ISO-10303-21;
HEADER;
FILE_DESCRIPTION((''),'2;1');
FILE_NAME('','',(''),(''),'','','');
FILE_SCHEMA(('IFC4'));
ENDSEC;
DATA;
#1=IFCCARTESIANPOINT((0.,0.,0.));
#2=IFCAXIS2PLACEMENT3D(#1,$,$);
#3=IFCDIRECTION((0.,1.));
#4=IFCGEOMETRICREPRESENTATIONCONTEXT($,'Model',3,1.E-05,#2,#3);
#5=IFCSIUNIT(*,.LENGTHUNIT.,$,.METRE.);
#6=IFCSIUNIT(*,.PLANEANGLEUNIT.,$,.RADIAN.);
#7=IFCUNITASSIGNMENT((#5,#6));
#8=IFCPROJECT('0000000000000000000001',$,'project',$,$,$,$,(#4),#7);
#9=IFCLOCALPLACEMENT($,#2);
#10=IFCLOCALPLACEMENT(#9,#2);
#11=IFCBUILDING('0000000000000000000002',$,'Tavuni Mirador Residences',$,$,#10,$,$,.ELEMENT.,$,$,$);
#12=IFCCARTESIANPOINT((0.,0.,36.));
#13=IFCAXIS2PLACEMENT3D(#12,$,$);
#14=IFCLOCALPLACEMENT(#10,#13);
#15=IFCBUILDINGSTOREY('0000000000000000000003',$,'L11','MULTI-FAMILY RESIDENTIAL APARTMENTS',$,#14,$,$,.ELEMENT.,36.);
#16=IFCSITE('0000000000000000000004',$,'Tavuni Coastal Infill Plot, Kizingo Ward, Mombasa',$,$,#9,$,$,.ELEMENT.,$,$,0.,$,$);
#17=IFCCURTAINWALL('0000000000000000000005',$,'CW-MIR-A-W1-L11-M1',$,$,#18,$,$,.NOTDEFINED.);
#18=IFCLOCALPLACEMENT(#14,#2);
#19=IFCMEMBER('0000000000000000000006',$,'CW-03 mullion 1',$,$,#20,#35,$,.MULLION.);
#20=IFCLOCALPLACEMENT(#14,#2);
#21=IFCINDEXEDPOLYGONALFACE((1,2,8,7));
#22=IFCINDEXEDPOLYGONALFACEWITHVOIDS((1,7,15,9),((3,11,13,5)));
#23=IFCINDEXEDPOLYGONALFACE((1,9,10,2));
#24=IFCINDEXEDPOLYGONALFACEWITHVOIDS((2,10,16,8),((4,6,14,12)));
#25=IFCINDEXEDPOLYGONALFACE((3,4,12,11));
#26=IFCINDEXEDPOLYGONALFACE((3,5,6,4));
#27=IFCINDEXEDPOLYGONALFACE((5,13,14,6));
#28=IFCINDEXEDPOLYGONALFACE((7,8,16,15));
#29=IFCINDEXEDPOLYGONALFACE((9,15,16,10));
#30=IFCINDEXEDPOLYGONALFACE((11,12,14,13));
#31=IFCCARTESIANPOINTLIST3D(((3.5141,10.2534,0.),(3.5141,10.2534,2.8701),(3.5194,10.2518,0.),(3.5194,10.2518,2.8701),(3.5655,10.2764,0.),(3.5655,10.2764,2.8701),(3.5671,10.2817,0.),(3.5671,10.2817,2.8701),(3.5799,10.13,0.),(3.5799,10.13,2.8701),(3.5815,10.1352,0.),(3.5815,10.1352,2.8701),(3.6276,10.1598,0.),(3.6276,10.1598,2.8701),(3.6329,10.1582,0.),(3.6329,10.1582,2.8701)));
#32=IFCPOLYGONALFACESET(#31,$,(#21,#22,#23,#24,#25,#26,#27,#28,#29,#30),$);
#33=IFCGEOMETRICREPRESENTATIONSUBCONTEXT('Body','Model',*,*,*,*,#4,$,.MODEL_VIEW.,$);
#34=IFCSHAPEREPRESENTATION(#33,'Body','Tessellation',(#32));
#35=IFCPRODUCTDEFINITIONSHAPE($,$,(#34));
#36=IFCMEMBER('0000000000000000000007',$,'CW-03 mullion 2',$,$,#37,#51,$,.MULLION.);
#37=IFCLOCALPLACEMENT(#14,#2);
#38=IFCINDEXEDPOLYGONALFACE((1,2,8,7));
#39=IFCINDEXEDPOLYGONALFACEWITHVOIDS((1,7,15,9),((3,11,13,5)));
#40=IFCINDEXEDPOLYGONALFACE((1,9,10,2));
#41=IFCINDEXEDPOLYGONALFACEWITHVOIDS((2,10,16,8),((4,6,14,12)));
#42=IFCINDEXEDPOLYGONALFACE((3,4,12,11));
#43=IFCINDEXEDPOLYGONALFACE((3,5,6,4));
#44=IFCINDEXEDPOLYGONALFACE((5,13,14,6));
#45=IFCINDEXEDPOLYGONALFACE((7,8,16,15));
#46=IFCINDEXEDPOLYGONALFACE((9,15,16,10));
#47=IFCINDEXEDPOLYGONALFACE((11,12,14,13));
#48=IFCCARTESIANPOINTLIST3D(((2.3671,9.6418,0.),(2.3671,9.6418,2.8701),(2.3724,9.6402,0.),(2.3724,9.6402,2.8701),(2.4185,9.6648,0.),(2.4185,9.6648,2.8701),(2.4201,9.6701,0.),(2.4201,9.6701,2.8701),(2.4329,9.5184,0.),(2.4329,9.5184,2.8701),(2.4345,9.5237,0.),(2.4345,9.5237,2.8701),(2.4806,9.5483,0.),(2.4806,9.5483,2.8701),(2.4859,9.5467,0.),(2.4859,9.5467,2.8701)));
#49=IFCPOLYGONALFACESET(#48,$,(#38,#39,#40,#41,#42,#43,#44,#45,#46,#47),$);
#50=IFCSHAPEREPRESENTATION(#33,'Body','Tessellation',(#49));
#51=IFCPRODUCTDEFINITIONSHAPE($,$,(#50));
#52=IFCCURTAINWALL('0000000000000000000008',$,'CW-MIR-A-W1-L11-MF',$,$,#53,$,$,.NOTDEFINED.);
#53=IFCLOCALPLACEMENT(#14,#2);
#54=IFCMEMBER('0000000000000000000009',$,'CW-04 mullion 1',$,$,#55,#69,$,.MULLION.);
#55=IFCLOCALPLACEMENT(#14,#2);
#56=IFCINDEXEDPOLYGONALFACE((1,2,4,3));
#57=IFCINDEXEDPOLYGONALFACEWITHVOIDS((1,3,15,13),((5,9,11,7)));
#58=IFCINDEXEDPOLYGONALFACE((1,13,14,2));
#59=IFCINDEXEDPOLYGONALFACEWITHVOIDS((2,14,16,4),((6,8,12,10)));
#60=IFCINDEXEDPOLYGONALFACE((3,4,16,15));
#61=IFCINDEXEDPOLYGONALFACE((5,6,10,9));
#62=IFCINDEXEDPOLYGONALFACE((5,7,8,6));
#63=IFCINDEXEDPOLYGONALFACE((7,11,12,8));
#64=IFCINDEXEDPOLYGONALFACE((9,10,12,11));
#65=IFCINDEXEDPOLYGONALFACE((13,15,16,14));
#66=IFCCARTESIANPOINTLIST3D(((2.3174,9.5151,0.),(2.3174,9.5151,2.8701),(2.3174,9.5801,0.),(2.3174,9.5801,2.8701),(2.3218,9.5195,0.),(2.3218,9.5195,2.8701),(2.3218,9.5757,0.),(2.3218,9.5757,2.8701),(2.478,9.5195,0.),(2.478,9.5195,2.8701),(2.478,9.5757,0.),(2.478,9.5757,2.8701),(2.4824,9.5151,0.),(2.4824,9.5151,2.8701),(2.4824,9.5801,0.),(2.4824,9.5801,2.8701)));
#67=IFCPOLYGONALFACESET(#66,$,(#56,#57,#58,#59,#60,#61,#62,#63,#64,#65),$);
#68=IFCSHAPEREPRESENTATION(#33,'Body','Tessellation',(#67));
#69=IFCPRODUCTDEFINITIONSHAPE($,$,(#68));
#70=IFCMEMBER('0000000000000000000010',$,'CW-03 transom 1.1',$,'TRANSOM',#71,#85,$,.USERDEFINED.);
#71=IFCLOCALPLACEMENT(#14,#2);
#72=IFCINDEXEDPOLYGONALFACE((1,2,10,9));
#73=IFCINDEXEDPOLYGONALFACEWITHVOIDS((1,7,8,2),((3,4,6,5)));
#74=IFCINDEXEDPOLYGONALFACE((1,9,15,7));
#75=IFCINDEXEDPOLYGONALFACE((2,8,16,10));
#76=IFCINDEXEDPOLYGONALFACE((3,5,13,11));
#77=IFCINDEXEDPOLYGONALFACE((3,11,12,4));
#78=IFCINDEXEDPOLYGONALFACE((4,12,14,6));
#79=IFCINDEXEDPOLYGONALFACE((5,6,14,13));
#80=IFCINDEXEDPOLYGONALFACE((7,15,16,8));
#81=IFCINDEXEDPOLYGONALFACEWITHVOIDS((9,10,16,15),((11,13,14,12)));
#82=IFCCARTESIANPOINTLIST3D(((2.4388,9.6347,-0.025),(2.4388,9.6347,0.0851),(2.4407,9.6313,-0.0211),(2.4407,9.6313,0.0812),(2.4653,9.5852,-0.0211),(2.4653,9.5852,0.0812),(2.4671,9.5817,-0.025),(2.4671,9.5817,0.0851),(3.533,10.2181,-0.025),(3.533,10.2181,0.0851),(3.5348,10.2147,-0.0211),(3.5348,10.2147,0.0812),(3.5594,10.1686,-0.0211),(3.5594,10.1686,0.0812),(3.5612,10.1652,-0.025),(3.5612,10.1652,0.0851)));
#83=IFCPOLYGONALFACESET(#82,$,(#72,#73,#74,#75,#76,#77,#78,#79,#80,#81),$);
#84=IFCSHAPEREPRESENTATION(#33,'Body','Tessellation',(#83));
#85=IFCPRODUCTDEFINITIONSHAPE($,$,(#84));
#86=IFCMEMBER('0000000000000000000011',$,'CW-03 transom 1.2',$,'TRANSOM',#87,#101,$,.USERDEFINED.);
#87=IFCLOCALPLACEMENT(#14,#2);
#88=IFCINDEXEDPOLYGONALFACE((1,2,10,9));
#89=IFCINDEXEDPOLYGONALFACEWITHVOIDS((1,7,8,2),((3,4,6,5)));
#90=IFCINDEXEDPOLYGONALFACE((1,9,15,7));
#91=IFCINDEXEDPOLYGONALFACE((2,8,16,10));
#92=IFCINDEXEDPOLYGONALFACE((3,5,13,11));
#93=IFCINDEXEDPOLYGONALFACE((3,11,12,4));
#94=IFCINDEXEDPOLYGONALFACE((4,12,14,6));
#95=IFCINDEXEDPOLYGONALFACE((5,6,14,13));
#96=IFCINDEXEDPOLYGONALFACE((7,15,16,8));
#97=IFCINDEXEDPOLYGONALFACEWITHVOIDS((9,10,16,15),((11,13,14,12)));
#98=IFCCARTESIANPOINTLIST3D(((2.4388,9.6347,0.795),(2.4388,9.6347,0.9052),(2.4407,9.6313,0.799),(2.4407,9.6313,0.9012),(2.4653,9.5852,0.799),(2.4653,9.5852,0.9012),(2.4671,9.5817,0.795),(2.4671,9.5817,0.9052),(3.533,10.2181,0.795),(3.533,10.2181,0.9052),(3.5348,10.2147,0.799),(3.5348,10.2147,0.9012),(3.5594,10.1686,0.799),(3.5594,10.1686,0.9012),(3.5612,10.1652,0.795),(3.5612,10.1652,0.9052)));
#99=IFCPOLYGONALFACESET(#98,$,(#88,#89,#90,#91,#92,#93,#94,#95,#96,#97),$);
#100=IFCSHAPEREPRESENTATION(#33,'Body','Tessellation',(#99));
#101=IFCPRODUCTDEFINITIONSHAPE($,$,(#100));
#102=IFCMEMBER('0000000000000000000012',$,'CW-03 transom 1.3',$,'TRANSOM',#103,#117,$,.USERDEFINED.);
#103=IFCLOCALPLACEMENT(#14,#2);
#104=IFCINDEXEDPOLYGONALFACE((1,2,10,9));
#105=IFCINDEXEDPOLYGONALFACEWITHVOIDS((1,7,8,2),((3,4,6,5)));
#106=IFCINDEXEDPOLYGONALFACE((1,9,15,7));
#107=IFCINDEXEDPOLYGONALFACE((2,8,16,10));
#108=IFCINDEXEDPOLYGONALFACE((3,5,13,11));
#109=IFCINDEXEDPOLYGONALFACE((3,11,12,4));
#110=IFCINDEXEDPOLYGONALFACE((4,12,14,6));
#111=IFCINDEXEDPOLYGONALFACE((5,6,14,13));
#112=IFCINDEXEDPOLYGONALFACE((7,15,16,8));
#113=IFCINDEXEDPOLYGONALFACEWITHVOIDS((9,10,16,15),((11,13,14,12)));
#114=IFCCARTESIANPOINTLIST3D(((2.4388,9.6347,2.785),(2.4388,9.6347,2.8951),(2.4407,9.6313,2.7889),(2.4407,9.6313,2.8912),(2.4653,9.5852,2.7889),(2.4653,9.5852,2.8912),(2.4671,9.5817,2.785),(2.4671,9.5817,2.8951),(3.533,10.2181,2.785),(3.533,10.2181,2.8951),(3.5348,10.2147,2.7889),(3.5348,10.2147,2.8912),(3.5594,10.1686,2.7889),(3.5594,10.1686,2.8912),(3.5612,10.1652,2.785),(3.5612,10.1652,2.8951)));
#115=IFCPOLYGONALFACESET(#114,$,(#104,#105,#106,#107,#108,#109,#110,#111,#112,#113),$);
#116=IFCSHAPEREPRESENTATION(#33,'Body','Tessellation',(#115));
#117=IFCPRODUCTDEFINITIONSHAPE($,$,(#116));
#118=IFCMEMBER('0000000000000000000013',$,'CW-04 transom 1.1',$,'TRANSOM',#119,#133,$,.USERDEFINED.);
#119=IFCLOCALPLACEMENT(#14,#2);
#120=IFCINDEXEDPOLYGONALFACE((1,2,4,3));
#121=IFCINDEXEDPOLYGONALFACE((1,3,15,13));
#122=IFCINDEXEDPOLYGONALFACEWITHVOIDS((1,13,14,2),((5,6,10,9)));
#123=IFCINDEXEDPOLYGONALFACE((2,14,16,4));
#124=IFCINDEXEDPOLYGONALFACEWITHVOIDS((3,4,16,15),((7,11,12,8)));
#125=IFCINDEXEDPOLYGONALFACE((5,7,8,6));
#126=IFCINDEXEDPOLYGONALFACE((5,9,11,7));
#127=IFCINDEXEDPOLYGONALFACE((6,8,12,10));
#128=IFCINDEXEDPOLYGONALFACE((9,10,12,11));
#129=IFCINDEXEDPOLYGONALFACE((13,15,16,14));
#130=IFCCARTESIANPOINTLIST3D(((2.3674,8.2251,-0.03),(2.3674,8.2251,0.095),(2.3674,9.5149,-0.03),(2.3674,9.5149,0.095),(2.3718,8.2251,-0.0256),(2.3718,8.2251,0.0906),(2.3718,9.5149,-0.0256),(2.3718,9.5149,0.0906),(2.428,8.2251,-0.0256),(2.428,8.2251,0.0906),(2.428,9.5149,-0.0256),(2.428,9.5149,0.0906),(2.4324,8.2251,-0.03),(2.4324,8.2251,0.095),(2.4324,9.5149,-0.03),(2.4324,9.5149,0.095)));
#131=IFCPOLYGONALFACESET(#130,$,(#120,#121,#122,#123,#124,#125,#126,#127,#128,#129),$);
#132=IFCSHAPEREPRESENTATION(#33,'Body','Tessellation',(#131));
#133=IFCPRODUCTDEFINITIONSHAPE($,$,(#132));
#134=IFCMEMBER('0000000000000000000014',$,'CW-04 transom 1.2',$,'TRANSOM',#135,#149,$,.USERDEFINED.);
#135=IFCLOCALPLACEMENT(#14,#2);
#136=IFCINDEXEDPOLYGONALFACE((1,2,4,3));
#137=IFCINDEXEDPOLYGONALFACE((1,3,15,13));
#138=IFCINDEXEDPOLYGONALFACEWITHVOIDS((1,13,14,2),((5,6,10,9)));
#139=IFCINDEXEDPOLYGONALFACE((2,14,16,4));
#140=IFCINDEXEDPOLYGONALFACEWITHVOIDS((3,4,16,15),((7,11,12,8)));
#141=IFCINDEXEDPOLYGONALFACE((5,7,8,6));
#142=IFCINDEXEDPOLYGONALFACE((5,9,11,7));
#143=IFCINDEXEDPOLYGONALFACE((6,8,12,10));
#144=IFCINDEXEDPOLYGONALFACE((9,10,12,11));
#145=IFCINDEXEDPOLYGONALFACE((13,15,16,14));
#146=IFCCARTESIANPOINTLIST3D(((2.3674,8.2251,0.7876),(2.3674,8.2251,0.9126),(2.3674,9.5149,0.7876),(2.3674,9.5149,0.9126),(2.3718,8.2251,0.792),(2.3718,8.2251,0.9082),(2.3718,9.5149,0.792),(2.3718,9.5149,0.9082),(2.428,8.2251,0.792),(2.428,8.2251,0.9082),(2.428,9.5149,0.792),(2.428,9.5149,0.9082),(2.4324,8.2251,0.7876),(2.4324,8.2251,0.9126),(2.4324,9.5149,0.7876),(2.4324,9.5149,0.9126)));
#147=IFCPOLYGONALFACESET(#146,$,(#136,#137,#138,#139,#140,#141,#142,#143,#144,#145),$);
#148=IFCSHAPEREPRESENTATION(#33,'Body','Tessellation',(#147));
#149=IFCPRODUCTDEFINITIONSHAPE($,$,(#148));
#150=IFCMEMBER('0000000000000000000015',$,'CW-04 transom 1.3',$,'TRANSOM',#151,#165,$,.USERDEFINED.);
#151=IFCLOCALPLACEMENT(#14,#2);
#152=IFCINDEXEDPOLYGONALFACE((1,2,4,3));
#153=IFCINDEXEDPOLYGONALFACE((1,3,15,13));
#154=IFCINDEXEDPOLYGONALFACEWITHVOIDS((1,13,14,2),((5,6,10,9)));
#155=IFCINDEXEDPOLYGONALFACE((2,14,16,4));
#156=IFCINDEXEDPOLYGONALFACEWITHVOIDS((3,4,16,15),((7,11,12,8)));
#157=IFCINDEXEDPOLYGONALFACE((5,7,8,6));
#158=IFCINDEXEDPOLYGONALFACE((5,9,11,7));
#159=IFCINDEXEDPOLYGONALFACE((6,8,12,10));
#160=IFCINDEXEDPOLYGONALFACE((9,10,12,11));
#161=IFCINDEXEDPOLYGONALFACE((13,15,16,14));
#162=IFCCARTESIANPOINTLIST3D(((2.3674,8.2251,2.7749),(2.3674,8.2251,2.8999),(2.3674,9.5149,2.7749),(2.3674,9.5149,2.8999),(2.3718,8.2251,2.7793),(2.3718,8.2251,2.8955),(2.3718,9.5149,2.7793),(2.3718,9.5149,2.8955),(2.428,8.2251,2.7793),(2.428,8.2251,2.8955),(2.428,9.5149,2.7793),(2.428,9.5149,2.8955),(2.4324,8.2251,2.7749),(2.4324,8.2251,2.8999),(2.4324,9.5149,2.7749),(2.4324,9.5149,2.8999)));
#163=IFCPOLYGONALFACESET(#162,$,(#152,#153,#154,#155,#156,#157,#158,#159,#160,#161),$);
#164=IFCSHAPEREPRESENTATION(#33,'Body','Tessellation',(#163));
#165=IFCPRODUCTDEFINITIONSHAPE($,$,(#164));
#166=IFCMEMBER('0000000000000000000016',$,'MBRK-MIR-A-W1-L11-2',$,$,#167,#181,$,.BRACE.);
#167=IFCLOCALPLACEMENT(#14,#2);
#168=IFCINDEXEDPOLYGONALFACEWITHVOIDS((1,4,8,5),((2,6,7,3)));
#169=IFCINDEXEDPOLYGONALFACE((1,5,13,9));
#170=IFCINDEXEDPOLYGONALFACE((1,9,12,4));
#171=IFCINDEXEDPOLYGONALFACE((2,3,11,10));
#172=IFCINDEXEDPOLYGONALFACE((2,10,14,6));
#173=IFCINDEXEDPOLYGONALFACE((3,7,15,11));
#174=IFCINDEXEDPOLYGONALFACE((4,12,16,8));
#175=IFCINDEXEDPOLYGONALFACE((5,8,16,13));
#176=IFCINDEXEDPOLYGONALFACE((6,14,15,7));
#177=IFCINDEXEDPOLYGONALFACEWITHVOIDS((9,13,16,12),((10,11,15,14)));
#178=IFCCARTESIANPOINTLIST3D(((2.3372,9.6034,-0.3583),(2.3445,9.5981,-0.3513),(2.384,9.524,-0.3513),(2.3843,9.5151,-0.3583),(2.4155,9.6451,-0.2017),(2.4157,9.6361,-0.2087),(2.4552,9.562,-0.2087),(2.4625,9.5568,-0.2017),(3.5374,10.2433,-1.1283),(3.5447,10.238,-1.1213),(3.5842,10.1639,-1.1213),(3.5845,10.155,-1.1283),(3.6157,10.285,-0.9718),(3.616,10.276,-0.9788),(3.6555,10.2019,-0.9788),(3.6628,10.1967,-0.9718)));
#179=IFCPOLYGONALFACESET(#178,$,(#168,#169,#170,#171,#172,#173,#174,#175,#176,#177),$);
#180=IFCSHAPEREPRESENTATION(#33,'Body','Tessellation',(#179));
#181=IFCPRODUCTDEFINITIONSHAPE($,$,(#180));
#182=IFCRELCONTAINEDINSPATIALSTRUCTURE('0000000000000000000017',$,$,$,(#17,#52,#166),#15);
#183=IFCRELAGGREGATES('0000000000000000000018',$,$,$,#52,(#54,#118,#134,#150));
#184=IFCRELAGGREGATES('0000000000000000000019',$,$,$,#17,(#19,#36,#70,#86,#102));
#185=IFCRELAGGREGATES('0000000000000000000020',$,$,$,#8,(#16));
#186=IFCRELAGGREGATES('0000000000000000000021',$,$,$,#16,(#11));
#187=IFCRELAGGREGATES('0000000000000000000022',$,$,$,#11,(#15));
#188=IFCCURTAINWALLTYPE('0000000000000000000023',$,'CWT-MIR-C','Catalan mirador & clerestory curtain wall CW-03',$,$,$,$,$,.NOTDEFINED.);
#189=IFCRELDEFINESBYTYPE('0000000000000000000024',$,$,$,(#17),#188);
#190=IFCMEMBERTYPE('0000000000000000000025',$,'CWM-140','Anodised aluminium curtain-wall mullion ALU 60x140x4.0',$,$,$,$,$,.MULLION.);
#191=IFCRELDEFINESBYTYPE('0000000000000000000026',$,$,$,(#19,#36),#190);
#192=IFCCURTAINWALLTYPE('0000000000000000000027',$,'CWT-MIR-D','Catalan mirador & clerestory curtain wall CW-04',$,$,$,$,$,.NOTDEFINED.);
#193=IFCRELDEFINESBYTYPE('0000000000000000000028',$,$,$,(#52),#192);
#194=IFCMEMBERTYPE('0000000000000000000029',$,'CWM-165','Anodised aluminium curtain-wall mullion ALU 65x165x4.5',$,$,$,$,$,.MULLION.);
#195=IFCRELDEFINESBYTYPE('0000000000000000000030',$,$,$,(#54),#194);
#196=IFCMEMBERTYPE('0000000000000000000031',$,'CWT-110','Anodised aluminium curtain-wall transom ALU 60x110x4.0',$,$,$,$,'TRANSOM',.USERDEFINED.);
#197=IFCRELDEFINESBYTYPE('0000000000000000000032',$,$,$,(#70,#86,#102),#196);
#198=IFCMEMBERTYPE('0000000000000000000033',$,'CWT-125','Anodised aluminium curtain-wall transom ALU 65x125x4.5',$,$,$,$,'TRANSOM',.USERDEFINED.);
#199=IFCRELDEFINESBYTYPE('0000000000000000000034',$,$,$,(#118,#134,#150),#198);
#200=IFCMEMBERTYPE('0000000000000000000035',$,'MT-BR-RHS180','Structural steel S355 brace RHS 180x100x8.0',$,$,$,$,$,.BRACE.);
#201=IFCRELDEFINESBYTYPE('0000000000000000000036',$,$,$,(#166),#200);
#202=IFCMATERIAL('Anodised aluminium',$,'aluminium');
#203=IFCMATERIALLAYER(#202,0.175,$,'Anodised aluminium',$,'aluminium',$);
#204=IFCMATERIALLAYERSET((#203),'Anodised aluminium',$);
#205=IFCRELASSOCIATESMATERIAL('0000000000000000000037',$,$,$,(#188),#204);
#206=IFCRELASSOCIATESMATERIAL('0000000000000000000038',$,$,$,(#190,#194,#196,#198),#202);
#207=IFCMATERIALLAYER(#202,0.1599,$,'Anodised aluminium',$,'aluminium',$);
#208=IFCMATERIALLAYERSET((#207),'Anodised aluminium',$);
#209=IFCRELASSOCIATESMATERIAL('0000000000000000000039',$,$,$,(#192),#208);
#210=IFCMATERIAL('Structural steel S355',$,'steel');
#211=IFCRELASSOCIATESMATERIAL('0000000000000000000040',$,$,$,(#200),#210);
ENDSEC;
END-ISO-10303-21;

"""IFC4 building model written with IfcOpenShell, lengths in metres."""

from ifc_helpers import new_model, si_unit, direction, frame, origin, origin_2d, place, context, subcontext, project, spatial, hollow_rectangle, extrude, material, layer, layer_set, material_profile, profile_set, type_object, element, aggregate, save


model = new_model("IFC4")

# Units and contexts
model_context = context("Model", 3, precision=1e-05, world=origin(), true_north=direction((0.0, 1.0)))
body_context = subcontext(model_context, "Body", "Model", "MODEL_VIEW")
ifc_project = project(units=[si_unit("LENGTHUNIT", "METRE"), si_unit("PLANEANGLEUNIT", "RADIAN")], contexts=[model_context])

# Site, building, storey
site_placement = place(None, origin())
site = spatial("IfcSite", under=ifc_project, at=site_placement, Name="Tavuni Coastal Infill Plot, Kizingo Ward, Mombasa", CompositionType="ELEMENT", RefElevation=0.0)
building_placement = place(site_placement, origin())
building = spatial("IfcBuilding", under=site, at=building_placement, Name="Tavuni Mirador Residences", CompositionType="ELEMENT")
storey_placement = place(building_placement, frame((0.0, 0.0, 36.0)))
storey = spatial("IfcBuildingStorey", under=building, at=storey_placement, Name="L11", Description="MULTI-FAMILY RESIDENTIAL APARTMENTS", CompositionType="ELEMENT", Elevation=36.0)

# Curtain wall, members
ifc_material_1 = material(Name="Anodised aluminium", Category="aluminium")
ifc_layer_1 = layer(ifc_material_1, 0.175, Name="Anodised aluminium", Category="aluminium")
ifc_layer_set_1 = layer_set([ifc_layer_1], Name="Anodised aluminium")
curtain_wall_type_1 = type_object("IfcCurtainWallType", Name="CWT-MIR-C", Description="Catalan mirador & clerestory curtain wall CW-03", PredefinedType="NOTDEFINED", material=ifc_layer_set_1)
curtain_wall_1_placement = place(storey_placement, origin())
curtain_wall_1 = element("IfcCurtainWall", 1, at=curtain_wall_1_placement, inside=storey, type_object=curtain_wall_type_1, Name="CW-MIR-A-W1-L11-M1", PredefinedType="NOTDEFINED")
ifc_material_profile_1 = material_profile(ifc_material_1, hollow_rectangle(XDim=0.0601, YDim=0.1399, WallThickness=0.0039, at=origin_2d()), Name="ALU 60x140x4.0", Category="aluminium")
ifc_profile_set_1 = profile_set([ifc_material_profile_1], Name="Anodised aluminium")
member_type_1 = type_object("IfcMemberType", Name="CWM-140", Description="Anodised aluminium curtain-wall mullion ALU 60x140x4.0", PredefinedType="MULLION", material=ifc_profile_set_1)
member_1_placement = place(storey_placement, frame((3.5735, 10.2058, 0.0), z_axis=(0.0, 0.0, 1.0), x_axis=(-0.882353, -0.470588, 0.0)))
member_1 = element("IfcMember", 2, at=member_1_placement, type_object=member_type_1, Name="CW-03 mullion 1", PredefinedType="MULLION", context=body_context, shape_type="SweptSolid", body=[
    extrude(hollow_rectangle(XDim=0.0601, YDim=0.1399, WallThickness=0.0039, at=origin_2d()), origin(), (0.0, 0.0, 1.0), 2.8701),
])
member_2_placement = place(storey_placement, frame((2.4265, 9.5942, 0.0), z_axis=(0.0, 0.0, 1.0), x_axis=(-0.882353, -0.470588, 0.0)))
member_2 = element("IfcMember", 3, at=member_2_placement, type_object=member_type_1, Name="CW-03 mullion 2", PredefinedType="MULLION", context=body_context, shape_type="SweptSolid", body=[
    extrude(hollow_rectangle(XDim=0.0601, YDim=0.1399, WallThickness=0.0039, at=origin_2d()), origin(), (0.0, 0.0, 1.0), 2.8701),
])

# Curtain wall, member
ifc_layer_2 = layer(ifc_material_1, 0.1599, Name="Anodised aluminium", Category="aluminium")
ifc_layer_set_2 = layer_set([ifc_layer_2], Name="Anodised aluminium")
curtain_wall_type_2 = type_object("IfcCurtainWallType", Name="CWT-MIR-D", Description="Catalan mirador & clerestory curtain wall CW-04", PredefinedType="NOTDEFINED", material=ifc_layer_set_2)
curtain_wall_2_placement = place(storey_placement, origin())
curtain_wall_2 = element("IfcCurtainWall", 4, at=curtain_wall_2_placement, inside=storey, type_object=curtain_wall_type_2, Name="CW-MIR-A-W1-L11-MF", PredefinedType="NOTDEFINED")
ifc_material_profile_2 = material_profile(ifc_material_1, hollow_rectangle(XDim=0.0649, YDim=0.165, WallThickness=0.0044, at=origin_2d()), Name="ALU 65x165x4.5", Category="aluminium")
ifc_profile_set_2 = profile_set([ifc_material_profile_2], Name="Anodised aluminium")
member_type_2 = type_object("IfcMemberType", Name="CWM-165", Description="Anodised aluminium curtain-wall mullion ALU 65x165x4.5", PredefinedType="MULLION", material=ifc_profile_set_2)
member_3_placement = place(storey_placement, frame((2.3999, 9.5476, 0.0), z_axis=(0.0, 0.0, 1.0), x_axis=(0.0, -1.0, 0.0)))
member_3 = element("IfcMember", 5, at=member_3_placement, type_object=member_type_2, Name="CW-04 mullion 1", PredefinedType="MULLION", context=body_context, shape_type="SweptSolid", body=[
    extrude(hollow_rectangle(XDim=0.0649, YDim=0.165, WallThickness=0.0044, at=origin_2d()), origin(), (0.0, 0.0, 1.0), 2.8701),
])

# Members
ifc_material_profile_3 = material_profile(ifc_material_1, hollow_rectangle(XDim=0.0601, YDim=0.1101, WallThickness=0.0039, at=origin_2d()), Name="ALU 60x110x4.0", Category="aluminium")
ifc_profile_set_3 = profile_set([ifc_material_profile_3], Name="Anodised aluminium")
member_type_3 = type_object("IfcMemberType", Name="CWT-110", Description="Anodised aluminium curtain-wall transom ALU 60x110x4.0", ElementType="TRANSOM", PredefinedType="USERDEFINED", material=ifc_profile_set_3)
member_4_placement = place(storey_placement, frame((3.5471, 10.1917, 0.03), z_axis=(-0.882386, -0.470527, 0.0), x_axis=(0.470527, -0.882386, 0.0)))
member_4 = element("IfcMember", 6, at=member_4_placement, type_object=member_type_3, Name="CW-03 transom 1.1", ObjectType="TRANSOM", PredefinedType="USERDEFINED", context=body_context, shape_type="SweptSolid", body=[
    extrude(hollow_rectangle(XDim=0.0601, YDim=0.1101, WallThickness=0.0039, at=origin_2d()), origin(), (0.0, 0.0, 1.0), 1.24),
])
member_5_placement = place(storey_placement, frame((3.5471, 10.1917, 0.8501), z_axis=(-0.882386, -0.470527, 0.0), x_axis=(0.470527, -0.882386, 0.0)))
member_5 = element("IfcMember", 7, at=member_5_placement, type_object=member_type_3, Name="CW-03 transom 1.2", ObjectType="TRANSOM", PredefinedType="USERDEFINED", context=body_context, shape_type="SweptSolid", body=[
    extrude(hollow_rectangle(XDim=0.0601, YDim=0.1101, WallThickness=0.0039, at=origin_2d()), origin(), (0.0, 0.0, 1.0), 1.24),
])
member_6_placement = place(storey_placement, frame((3.5471, 10.1917, 2.8401), z_axis=(-0.882386, -0.470527, 0.0), x_axis=(0.470527, -0.882386, 0.0)))
member_6 = element("IfcMember", 8, at=member_6_placement, type_object=member_type_3, Name="CW-03 transom 1.3", ObjectType="TRANSOM", PredefinedType="USERDEFINED", context=body_context, shape_type="SweptSolid", body=[
    extrude(hollow_rectangle(XDim=0.0601, YDim=0.1101, WallThickness=0.0039, at=origin_2d()), origin(), (0.0, 0.0, 1.0), 1.24),
])
ifc_material_profile_4 = material_profile(ifc_material_1, hollow_rectangle(XDim=0.0649, YDim=0.125, WallThickness=0.0044, at=origin_2d()), Name="ALU 65x125x4.5", Category="aluminium")
ifc_profile_set_4 = profile_set([ifc_material_profile_4], Name="Anodised aluminium")
member_type_4 = type_object("IfcMemberType", Name="CWT-125", Description="Anodised aluminium curtain-wall transom ALU 65x125x4.5", ElementType="TRANSOM", PredefinedType="USERDEFINED", material=ifc_profile_set_4)
member_7_placement = place(storey_placement, frame((2.3999, 9.5149, 0.0325), z_axis=(0.0, -1.0, 0.0), x_axis=(1.0, 0.0, 0.0)))
member_7 = element("IfcMember", 9, at=member_7_placement, type_object=member_type_4, Name="CW-04 transom 1.1", ObjectType="TRANSOM", PredefinedType="USERDEFINED", context=body_context, shape_type="SweptSolid", body=[
    extrude(hollow_rectangle(XDim=0.0649, YDim=0.125, WallThickness=0.0044, at=origin_2d()), origin(), (0.0, 0.0, 1.0), 1.2898),
])
member_8_placement = place(storey_placement, frame((2.3999, 9.5149, 0.8501), z_axis=(0.0, -1.0, 0.0), x_axis=(1.0, 0.0, 0.0)))
member_8 = element("IfcMember", 10, at=member_8_placement, type_object=member_type_4, Name="CW-04 transom 1.2", ObjectType="TRANSOM", PredefinedType="USERDEFINED", context=body_context, shape_type="SweptSolid", body=[
    extrude(hollow_rectangle(XDim=0.0649, YDim=0.125, WallThickness=0.0044, at=origin_2d()), origin(), (0.0, 0.0, 1.0), 1.2898),
])
member_9_placement = place(storey_placement, frame((2.3999, 9.5149, 2.8374), z_axis=(0.0, -1.0, 0.0), x_axis=(1.0, 0.0, 0.0)))
member_9 = element("IfcMember", 11, at=member_9_placement, type_object=member_type_4, Name="CW-04 transom 1.3", ObjectType="TRANSOM", PredefinedType="USERDEFINED", context=body_context, shape_type="SweptSolid", body=[
    extrude(hollow_rectangle(XDim=0.0649, YDim=0.125, WallThickness=0.0044, at=origin_2d()), origin(), (0.0, 0.0, 1.0), 1.2898),
])
ifc_material_2 = material(Name="Structural steel S355", Category="steel")
ifc_material_profile_5 = material_profile(ifc_material_2, hollow_rectangle(XDim=0.1001, YDim=0.1799, WallThickness=0.0081, at=origin_2d()), Name="RHS 180x100x8.0", Category="steel")
ifc_profile_set_5 = profile_set([ifc_material_profile_5], Name="Structural steel S355")
member_type_5 = type_object("IfcMemberType", Name="MT-BR-RHS180", Description="Structural steel S355 brace RHS 180x100x8.0", PredefinedType="BRACE", material=ifc_profile_set_5)
member_10_placement = place(storey_placement, frame((3.6001, 10.22, -1.05), z_axis=(-0.767896, -0.409409, 0.492666), x_axis=(0.470467, -0.882418, 0.0)))
element("IfcMember", 12, at=member_10_placement, inside=storey, type_object=member_type_5, Name="MBRK-MIR-A-W1-L11-2", PredefinedType="BRACE", context=body_context, shape_type="SweptSolid", body=[
    extrude(hollow_rectangle(XDim=0.1001, YDim=0.1799, WallThickness=0.0081, at=origin_2d()), origin(), (0.0, 0.0, 1.0), 1.563),
])

aggregate(curtain_wall_2, [member_3, member_7, member_8, member_9])
aggregate(curtain_wall_1, [member_1, member_2, member_4, member_5, member_6])

save(model, "model.ifc")
